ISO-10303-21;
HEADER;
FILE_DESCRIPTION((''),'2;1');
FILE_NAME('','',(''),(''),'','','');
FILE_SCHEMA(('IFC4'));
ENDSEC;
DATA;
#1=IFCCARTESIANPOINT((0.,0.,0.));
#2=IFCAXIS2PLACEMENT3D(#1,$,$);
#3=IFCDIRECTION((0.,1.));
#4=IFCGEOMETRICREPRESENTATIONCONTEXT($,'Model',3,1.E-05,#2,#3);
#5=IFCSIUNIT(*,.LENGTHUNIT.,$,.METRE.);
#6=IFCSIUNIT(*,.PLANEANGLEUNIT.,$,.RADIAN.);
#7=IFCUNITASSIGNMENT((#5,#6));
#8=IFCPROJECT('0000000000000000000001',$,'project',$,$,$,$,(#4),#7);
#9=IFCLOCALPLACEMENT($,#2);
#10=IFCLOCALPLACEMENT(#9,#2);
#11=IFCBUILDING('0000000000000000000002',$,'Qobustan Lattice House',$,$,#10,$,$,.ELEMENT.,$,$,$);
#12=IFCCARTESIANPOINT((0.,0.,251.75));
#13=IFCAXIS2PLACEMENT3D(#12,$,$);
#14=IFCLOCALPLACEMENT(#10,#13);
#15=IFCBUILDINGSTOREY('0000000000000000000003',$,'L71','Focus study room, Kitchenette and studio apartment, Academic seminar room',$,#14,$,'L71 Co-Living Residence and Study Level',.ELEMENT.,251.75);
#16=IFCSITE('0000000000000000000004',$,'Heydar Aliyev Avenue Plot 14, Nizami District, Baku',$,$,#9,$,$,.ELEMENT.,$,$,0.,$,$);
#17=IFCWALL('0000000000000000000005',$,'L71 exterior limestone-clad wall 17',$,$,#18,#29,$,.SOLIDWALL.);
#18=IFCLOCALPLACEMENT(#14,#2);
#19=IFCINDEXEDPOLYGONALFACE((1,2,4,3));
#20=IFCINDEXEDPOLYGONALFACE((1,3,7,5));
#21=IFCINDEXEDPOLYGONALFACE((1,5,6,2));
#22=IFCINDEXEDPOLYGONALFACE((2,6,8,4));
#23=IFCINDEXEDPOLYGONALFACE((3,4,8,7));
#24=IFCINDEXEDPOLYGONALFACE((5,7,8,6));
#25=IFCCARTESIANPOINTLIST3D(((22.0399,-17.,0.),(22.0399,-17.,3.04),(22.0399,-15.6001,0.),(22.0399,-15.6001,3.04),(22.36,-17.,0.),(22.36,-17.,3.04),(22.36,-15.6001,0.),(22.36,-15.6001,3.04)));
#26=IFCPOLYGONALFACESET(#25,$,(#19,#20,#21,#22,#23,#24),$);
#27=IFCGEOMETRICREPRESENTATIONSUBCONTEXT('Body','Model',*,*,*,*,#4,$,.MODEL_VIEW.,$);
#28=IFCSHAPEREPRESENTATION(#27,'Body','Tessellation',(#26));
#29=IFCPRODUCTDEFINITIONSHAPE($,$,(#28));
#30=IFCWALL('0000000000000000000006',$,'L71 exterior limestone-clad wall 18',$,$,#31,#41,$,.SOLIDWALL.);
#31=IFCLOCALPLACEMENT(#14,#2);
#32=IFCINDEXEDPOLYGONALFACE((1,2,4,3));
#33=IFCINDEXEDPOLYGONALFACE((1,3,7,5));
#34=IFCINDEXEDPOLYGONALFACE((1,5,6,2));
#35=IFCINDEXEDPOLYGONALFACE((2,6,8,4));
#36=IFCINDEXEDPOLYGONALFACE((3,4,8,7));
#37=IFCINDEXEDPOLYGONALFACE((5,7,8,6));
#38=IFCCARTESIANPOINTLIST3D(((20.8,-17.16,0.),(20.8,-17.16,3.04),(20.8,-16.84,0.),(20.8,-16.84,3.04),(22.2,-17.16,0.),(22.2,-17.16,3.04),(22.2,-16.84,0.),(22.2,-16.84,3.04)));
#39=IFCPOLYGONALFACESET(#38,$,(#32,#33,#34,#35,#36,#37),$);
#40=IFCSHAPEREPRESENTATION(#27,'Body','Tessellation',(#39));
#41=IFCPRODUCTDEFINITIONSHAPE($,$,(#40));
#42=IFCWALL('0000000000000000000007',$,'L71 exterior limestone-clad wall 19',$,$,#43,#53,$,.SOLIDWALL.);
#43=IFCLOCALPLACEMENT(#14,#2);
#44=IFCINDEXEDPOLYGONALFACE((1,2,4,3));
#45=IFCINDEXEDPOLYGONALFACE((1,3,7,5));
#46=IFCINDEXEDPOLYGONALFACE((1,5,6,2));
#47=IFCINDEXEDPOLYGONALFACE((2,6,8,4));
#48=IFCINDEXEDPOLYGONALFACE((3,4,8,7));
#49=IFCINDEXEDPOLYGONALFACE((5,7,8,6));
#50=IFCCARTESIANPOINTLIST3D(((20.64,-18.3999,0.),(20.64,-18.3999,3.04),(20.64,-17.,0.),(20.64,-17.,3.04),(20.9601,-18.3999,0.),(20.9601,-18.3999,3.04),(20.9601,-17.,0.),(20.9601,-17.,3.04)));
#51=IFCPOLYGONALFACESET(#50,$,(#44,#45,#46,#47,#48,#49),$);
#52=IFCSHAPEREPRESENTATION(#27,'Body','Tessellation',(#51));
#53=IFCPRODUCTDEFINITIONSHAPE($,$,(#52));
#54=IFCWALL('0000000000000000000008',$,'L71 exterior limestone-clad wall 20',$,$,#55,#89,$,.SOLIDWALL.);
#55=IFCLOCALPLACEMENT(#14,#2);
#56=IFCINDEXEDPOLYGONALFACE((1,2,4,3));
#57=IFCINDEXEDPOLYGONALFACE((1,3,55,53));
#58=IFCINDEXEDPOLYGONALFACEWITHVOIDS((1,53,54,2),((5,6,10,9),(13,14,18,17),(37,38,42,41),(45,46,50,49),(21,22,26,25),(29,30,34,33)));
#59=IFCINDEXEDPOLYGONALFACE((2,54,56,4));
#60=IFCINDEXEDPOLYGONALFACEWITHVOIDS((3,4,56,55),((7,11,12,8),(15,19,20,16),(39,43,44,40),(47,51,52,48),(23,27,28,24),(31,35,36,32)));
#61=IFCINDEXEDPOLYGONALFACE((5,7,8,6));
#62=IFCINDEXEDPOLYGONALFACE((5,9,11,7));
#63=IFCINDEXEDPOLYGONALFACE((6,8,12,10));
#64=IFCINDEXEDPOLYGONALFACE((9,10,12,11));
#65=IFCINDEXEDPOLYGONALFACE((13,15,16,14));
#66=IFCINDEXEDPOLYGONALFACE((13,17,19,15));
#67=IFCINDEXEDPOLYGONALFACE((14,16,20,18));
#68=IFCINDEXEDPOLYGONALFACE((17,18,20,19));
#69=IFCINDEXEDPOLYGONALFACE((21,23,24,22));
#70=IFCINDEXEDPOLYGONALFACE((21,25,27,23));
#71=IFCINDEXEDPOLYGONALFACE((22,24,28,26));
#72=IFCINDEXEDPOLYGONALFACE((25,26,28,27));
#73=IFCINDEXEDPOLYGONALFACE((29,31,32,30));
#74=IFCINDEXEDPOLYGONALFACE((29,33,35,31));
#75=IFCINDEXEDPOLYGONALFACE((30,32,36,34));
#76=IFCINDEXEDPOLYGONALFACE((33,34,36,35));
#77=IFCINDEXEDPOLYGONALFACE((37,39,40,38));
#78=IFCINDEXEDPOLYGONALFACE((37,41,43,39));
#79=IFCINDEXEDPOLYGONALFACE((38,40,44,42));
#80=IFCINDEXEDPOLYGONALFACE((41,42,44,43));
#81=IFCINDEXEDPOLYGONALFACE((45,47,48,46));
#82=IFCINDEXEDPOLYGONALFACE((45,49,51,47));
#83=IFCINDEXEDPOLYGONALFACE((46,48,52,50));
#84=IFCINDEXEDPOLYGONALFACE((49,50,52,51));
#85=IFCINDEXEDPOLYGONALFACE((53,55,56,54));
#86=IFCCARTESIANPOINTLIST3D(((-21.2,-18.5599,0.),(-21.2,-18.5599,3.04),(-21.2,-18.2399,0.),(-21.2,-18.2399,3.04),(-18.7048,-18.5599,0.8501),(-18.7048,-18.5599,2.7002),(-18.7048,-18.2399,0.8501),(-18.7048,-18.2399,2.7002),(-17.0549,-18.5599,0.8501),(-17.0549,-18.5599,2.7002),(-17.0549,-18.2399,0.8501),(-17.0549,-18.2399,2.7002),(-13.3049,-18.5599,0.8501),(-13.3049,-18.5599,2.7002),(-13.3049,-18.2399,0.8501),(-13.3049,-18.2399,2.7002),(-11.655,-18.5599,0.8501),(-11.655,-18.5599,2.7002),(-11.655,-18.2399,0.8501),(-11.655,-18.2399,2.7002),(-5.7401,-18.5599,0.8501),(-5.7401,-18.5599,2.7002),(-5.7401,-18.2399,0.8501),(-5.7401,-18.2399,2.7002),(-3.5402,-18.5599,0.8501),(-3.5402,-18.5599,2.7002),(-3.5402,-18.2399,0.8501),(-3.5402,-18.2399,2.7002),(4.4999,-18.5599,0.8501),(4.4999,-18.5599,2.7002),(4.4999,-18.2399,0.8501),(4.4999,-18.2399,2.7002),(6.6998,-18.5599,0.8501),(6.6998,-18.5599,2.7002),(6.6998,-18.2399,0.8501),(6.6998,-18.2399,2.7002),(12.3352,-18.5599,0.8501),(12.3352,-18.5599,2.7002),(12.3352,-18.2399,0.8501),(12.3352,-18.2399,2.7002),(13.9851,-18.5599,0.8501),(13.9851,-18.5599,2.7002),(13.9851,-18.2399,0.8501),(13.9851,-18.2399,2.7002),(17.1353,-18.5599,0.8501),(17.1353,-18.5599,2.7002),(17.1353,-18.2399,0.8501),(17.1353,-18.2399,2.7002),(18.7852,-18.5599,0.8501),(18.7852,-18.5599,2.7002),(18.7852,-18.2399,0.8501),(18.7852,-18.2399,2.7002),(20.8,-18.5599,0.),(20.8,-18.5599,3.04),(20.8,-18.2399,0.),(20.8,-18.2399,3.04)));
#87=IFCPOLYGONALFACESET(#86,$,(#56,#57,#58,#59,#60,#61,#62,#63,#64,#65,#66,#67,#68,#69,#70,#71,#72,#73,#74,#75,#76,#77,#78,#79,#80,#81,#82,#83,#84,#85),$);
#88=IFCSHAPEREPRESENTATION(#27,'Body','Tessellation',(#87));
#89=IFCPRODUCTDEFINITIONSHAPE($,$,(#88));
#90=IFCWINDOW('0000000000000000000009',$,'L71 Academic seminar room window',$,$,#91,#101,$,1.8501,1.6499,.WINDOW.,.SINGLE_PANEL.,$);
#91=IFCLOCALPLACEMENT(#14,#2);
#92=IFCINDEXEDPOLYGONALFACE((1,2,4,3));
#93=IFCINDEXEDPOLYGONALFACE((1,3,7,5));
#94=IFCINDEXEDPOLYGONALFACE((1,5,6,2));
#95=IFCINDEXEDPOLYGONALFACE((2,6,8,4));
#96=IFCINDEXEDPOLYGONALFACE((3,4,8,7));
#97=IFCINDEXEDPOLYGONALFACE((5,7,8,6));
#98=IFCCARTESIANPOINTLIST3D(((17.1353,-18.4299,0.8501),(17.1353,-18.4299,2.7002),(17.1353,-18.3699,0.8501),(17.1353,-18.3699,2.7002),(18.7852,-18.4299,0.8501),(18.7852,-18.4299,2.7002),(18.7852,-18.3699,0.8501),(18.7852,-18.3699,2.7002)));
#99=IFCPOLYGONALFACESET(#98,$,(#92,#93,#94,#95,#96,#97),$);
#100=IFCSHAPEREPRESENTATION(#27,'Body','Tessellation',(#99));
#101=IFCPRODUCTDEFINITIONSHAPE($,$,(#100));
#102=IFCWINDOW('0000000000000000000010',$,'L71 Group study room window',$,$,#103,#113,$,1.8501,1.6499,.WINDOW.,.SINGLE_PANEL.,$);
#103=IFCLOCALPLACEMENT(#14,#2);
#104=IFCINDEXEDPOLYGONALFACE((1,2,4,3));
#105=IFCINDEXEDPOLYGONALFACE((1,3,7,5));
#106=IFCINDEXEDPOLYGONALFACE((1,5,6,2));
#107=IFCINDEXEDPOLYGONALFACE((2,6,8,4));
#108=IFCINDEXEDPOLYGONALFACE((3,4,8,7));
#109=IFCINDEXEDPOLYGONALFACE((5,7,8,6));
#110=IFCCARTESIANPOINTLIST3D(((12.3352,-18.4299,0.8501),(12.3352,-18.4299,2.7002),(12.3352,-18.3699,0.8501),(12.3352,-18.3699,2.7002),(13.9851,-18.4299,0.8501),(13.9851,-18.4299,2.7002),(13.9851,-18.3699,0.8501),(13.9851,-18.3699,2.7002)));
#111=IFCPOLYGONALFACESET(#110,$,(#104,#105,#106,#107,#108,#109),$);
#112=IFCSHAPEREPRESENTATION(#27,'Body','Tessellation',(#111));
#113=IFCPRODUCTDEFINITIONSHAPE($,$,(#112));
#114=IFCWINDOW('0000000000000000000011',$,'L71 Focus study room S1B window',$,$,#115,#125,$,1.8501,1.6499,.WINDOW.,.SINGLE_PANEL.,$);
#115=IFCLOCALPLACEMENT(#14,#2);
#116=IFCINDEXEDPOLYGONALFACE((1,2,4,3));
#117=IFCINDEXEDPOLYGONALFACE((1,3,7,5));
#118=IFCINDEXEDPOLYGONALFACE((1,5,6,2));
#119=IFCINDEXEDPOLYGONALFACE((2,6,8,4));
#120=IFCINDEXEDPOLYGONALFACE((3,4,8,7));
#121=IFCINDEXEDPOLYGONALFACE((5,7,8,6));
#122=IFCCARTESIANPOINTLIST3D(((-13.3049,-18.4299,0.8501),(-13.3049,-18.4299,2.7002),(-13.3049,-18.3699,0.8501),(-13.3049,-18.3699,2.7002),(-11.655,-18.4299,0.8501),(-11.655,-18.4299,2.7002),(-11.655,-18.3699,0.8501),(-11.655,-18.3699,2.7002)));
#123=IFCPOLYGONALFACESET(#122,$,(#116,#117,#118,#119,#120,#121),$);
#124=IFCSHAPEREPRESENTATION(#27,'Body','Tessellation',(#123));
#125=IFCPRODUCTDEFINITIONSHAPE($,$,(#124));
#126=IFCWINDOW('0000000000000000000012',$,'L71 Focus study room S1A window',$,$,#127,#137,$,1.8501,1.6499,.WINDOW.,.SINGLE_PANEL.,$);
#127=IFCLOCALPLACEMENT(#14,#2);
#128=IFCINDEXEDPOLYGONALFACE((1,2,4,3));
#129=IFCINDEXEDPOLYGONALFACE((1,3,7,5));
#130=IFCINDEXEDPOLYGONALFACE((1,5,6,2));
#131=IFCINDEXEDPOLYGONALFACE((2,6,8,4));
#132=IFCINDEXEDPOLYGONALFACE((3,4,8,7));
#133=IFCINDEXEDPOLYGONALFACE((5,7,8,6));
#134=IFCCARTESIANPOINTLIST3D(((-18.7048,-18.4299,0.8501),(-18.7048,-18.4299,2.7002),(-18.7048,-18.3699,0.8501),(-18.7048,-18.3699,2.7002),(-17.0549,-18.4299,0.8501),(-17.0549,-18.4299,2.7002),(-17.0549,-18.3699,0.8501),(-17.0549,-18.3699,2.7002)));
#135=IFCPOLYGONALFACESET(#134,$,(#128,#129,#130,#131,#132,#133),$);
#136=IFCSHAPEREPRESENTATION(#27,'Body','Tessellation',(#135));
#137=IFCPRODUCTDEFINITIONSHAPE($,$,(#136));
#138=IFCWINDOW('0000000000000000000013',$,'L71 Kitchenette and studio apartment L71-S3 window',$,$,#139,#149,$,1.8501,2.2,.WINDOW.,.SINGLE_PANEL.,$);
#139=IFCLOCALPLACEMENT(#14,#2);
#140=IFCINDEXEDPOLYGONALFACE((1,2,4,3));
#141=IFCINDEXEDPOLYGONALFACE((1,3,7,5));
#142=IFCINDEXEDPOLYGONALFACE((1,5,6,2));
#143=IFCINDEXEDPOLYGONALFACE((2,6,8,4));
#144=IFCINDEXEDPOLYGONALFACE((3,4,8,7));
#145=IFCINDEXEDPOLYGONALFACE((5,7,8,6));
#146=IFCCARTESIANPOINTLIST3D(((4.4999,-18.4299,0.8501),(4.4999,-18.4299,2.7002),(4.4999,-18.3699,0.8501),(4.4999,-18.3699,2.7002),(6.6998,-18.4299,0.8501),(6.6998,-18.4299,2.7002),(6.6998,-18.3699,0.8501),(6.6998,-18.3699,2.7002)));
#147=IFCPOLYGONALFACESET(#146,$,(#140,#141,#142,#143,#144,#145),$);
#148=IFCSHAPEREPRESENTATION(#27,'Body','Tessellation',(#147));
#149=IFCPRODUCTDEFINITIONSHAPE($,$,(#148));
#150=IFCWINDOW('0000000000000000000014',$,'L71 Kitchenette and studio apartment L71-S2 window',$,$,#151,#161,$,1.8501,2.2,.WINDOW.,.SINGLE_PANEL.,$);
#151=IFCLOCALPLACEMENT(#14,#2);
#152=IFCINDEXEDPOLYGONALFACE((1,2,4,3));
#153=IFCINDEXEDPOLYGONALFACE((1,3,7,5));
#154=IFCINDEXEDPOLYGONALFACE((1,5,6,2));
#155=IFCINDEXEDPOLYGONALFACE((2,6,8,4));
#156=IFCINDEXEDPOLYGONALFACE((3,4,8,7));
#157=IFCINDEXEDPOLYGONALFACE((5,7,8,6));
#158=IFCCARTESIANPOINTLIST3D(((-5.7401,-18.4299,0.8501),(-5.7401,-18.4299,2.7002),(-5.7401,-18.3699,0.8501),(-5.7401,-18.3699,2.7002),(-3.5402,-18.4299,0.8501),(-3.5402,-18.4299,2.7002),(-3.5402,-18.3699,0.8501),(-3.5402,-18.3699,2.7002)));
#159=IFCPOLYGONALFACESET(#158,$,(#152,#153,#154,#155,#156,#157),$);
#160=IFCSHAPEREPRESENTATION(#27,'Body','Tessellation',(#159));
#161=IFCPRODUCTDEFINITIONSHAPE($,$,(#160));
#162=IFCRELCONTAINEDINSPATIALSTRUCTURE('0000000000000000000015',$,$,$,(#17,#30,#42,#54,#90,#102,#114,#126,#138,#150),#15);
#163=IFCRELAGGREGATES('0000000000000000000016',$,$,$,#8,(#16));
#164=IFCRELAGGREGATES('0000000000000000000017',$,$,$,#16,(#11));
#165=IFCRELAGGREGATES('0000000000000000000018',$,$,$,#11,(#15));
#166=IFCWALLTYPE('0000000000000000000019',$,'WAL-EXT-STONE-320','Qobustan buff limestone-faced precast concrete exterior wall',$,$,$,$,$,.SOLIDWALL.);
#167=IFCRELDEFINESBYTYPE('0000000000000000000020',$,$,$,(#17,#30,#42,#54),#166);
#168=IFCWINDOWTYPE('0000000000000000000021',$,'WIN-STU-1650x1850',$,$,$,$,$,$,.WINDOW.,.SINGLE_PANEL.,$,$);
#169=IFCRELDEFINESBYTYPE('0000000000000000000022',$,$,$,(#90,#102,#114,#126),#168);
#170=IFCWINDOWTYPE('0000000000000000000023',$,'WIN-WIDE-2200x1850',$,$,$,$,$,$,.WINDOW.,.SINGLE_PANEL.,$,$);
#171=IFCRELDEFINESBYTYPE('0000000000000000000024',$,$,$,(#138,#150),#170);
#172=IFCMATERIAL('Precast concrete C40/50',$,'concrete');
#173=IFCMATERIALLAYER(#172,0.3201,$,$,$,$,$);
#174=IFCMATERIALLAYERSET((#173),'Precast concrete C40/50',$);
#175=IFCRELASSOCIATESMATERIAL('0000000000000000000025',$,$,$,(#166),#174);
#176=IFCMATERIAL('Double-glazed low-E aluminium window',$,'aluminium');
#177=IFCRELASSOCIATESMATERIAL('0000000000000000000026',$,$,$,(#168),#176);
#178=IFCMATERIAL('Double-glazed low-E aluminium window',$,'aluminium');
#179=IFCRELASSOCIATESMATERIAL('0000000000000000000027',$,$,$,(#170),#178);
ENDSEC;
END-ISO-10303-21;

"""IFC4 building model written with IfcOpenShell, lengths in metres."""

from ifc_helpers import new_model, si_unit, direction, frame, frame_2d, origin, place, context, subcontext, project, spatial, rectangle, extrude, material, layer, layer_set, type_object, element, fill, save


model = new_model("IFC4")

# Units and contexts
model_context = context("Model", 3, precision=1e-05, world=origin(), true_north=direction((0.0, 1.0)))
body_context = subcontext(model_context, "Body", "Model", "MODEL_VIEW")
ifc_project = project(units=[si_unit("LENGTHUNIT", "METRE"), si_unit("PLANEANGLEUNIT", "RADIAN")], contexts=[model_context])

# Site, building, storey
site_placement = place(None, origin())
site = spatial("IfcSite", under=ifc_project, at=site_placement, Name="Heydar Aliyev Avenue Plot 14, Nizami District, Baku", CompositionType="ELEMENT", RefElevation=0.0)
building_placement = place(site_placement, origin())
building = spatial("IfcBuilding", under=site, at=building_placement, Name="Qobustan Lattice House", CompositionType="ELEMENT")
storey_placement = place(building_placement, frame((0.0, 0.0, 251.75)))
storey = spatial("IfcBuildingStorey", under=building, at=storey_placement, Name="L71", Description="Focus study room, Kitchenette and studio apartment, Academic seminar room", LongName="L71 Co-Living Residence and Study Level", CompositionType="ELEMENT", Elevation=251.75)

# Walls
ifc_material_1 = material(Name="Precast concrete C40/50", Category="concrete")
ifc_layer_1 = layer(ifc_material_1, 0.3201)
ifc_layer_set_1 = layer_set([ifc_layer_1], Name="Precast concrete C40/50")
wall_type = type_object("IfcWallType", Name="WAL-EXT-STONE-320", Description="Qobustan buff limestone-faced precast concrete exterior wall", PredefinedType="SOLIDWALL", material=ifc_layer_set_1)
for number, where, z_axis, x_axis, name in (
    (1, (22.2, -15.6001, 0.0), (0.0, 0.0, 1.0), (0.0, -1.0, 0.0), "L71 exterior limestone-clad wall 17"),
    (2, (22.2, -17.0, 0.0), (0.0, 0.0, 1.0), (-1.0, 0.0, 0.0), "L71 exterior limestone-clad wall 18"),
    (3, (20.8, -17.0, 0.0), (0.0, 0.0, 1.0), (0.0, -1.0, 0.0), "L71 exterior limestone-clad wall 19"),
):
    element("IfcWall", number, at=place(storey_placement, frame(where, z_axis=z_axis, x_axis=x_axis)), inside=storey, type_object=wall_type, Name=name, PredefinedType="SOLIDWALL", context=body_context, shape_type="SweptSolid", body=[
        extrude(rectangle(XDim=1.3999, YDim=0.3201, at=frame_2d((0.7, 0.0))), origin(), (0.0, 0.0, 1.0), 3.04),
    ])

# Wall, openings, windows
wall_1_placement = place(storey_placement, frame((20.8, -18.3999, 0.0), z_axis=(0.0, 0.0, 1.0), x_axis=(-1.0, 0.0, 0.0)))
wall_1 = element("IfcWall", 4, at=wall_1_placement, inside=storey, type_object=wall_type, Name="L71 exterior limestone-clad wall 20", PredefinedType="SOLIDWALL", context=body_context, shape_type="SweptSolid", body=[
    extrude(rectangle(XDim=42.0, YDim=0.3201, at=frame_2d((21.0, 0.0))), origin(), (0.0, 0.0, 1.0), 3.04),
])
opening_1_placement = place(wall_1_placement, frame((2.0149, 0.0, 0.8501)))
opening_1 = element("IfcOpeningElement", 5, at=opening_1_placement, cuts=wall_1, PredefinedType="OPENING", context=body_context, shape_type="SweptSolid", body=[
    extrude(rectangle(XDim=1.6499, YDim=1.8501, at=frame_2d((0.825, 0.925))), frame((0.0, 0.1699, 0.0), z_axis=(0.0, -1.0, 0.0), x_axis=(1.0, 0.0, 0.0)), (0.0, 0.0, 1.0), 0.3401),
])
opening_2_placement = place(wall_1_placement, frame((6.8149, 0.0, 0.8501)))
opening_2 = element("IfcOpeningElement", 6, at=opening_2_placement, cuts=wall_1, PredefinedType="OPENING", context=body_context, shape_type="SweptSolid", body=[
    extrude(rectangle(XDim=1.6499, YDim=1.8501, at=frame_2d((0.825, 0.925))), frame((0.0, 0.1699, 0.0), z_axis=(0.0, -1.0, 0.0), x_axis=(1.0, 0.0, 0.0)), (0.0, 0.0, 1.0), 0.3401),
])
opening_3_placement = place(wall_1_placement, frame((14.1001, 0.0, 0.8501)))
opening_3 = element("IfcOpeningElement", 7, at=opening_3_placement, cuts=wall_1, PredefinedType="OPENING", context=body_context, shape_type="SweptSolid", body=[
    extrude(rectangle(XDim=2.2, YDim=1.8501, at=frame_2d((1.1001, 0.925))), frame((0.0, 0.1699, 0.0), z_axis=(0.0, -1.0, 0.0), x_axis=(1.0, 0.0, 0.0)), (0.0, 0.0, 1.0), 0.3401),
])
opening_4_placement = place(wall_1_placement, frame((24.3401, 0.0, 0.8501)))
opening_4 = element("IfcOpeningElement", 8, at=opening_4_placement, cuts=wall_1, PredefinedType="OPENING", context=body_context, shape_type="SweptSolid", body=[
    extrude(rectangle(XDim=2.2, YDim=1.8501, at=frame_2d((1.1001, 0.925))), frame((0.0, 0.1699, 0.0), z_axis=(0.0, -1.0, 0.0), x_axis=(1.0, 0.0, 0.0)), (0.0, 0.0, 1.0), 0.3401),
])
opening_5_placement = place(wall_1_placement, frame((32.4551, 0.0, 0.8501)))
opening_5 = element("IfcOpeningElement", 9, at=opening_5_placement, cuts=wall_1, PredefinedType="OPENING", context=body_context, shape_type="SweptSolid", body=[
    extrude(rectangle(XDim=1.6499, YDim=1.8501, at=frame_2d((0.825, 0.925))), frame((0.0, 0.1699, 0.0), z_axis=(0.0, -1.0, 0.0), x_axis=(1.0, 0.0, 0.0)), (0.0, 0.0, 1.0), 0.3401),
])
opening_6_placement = place(wall_1_placement, frame((37.855, 0.0, 0.8501)))
opening_6 = element("IfcOpeningElement", 10, at=opening_6_placement, cuts=wall_1, PredefinedType="OPENING", context=body_context, shape_type="SweptSolid", body=[
    extrude(rectangle(XDim=1.6499, YDim=1.8501, at=frame_2d((0.825, 0.925))), frame((0.0, 0.1699, 0.0), z_axis=(0.0, -1.0, 0.0), x_axis=(1.0, 0.0, 0.0)), (0.0, 0.0, 1.0), 0.3401),
])
ifc_material_2 = material(Name="Double-glazed low-E aluminium window", Category="aluminium")
window_type_1 = type_object("IfcWindowType", Name="WIN-STU-1650x1850", PartitioningType="SINGLE_PANEL", PredefinedType="WINDOW", material=ifc_material_2)
window_1_placement = place(opening_1_placement, origin())
window_1 = element("IfcWindow", 11, at=window_1_placement, inside=storey, type_object=window_type_1, Name="L71 Academic seminar room window", OverallHeight=1.8501, OverallWidth=1.6499, PartitioningType="SINGLE_PANEL", PredefinedType="WINDOW", context=body_context, shape_type="SweptSolid", body=[
    extrude(rectangle(XDim=1.6499, YDim=1.8501, at=frame_2d((0.825, 0.925))), frame((0.0, 0.03, 0.0), z_axis=(0.0, -1.0, 0.0), x_axis=(1.0, 0.0, 0.0)), (0.0, 0.0, 1.0), 0.0601),
])
fill(opening_1, window_1)
window_2_placement = place(opening_2_placement, origin())
window_2 = element("IfcWindow", 12, at=window_2_placement, inside=storey, type_object=window_type_1, Name="L71 Group study room window", OverallHeight=1.8501, OverallWidth=1.6499, PartitioningType="SINGLE_PANEL", PredefinedType="WINDOW", context=body_context, shape_type="SweptSolid", body=[
    extrude(rectangle(XDim=1.6499, YDim=1.8501, at=frame_2d((0.825, 0.925))), frame((0.0, 0.03, 0.0), z_axis=(0.0, -1.0, 0.0), x_axis=(1.0, 0.0, 0.0)), (0.0, 0.0, 1.0), 0.0601),
])
fill(opening_2, window_2)
window_3_placement = place(opening_5_placement, origin())
window_3 = element("IfcWindow", 13, at=window_3_placement, inside=storey, type_object=window_type_1, Name="L71 Focus study room S1B window", OverallHeight=1.8501, OverallWidth=1.6499, PartitioningType="SINGLE_PANEL", PredefinedType="WINDOW", context=body_context, shape_type="SweptSolid", body=[
    extrude(rectangle(XDim=1.6499, YDim=1.8501, at=frame_2d((0.825, 0.925))), frame((0.0, 0.03, 0.0), z_axis=(0.0, -1.0, 0.0), x_axis=(1.0, 0.0, 0.0)), (0.0, 0.0, 1.0), 0.0601),
])
fill(opening_5, window_3)
window_4_placement = place(opening_6_placement, origin())
window_4 = element("IfcWindow", 14, at=window_4_placement, inside=storey, type_object=window_type_1, Name="L71 Focus study room S1A window", OverallHeight=1.8501, OverallWidth=1.6499, PartitioningType="SINGLE_PANEL", PredefinedType="WINDOW", context=body_context, shape_type="SweptSolid", body=[
    extrude(rectangle(XDim=1.6499, YDim=1.8501, at=frame_2d((0.825, 0.925))), frame((0.0, 0.03, 0.0), z_axis=(0.0, -1.0, 0.0), x_axis=(1.0, 0.0, 0.0)), (0.0, 0.0, 1.0), 0.0601),
])
fill(opening_6, window_4)
ifc_material_3 = material(Name="Double-glazed low-E aluminium window", Category="aluminium")
window_type_2 = type_object("IfcWindowType", Name="WIN-WIDE-2200x1850", PartitioningType="SINGLE_PANEL", PredefinedType="WINDOW", material=ifc_material_3)
window_5_placement = place(opening_3_placement, origin())
window_5 = element("IfcWindow", 15, at=window_5_placement, inside=storey, type_object=window_type_2, Name="L71 Kitchenette and studio apartment L71-S3 window", OverallHeight=1.8501, OverallWidth=2.2, PartitioningType="SINGLE_PANEL", PredefinedType="WINDOW", context=body_context, shape_type="SweptSolid", body=[
    extrude(rectangle(XDim=2.2, YDim=1.8501, at=frame_2d((1.1001, 0.925))), frame((0.0, 0.03, 0.0), z_axis=(0.0, -1.0, 0.0), x_axis=(1.0, 0.0, 0.0)), (0.0, 0.0, 1.0), 0.0601),
])
fill(opening_3, window_5)
window_6_placement = place(opening_4_placement, origin())
window_6 = element("IfcWindow", 16, at=window_6_placement, inside=storey, type_object=window_type_2, Name="L71 Kitchenette and studio apartment L71-S2 window", OverallHeight=1.8501, OverallWidth=2.2, PartitioningType="SINGLE_PANEL", PredefinedType="WINDOW", context=body_context, shape_type="SweptSolid", body=[
    extrude(rectangle(XDim=2.2, YDim=1.8501, at=frame_2d((1.1001, 0.925))), frame((0.0, 0.03, 0.0), z_axis=(0.0, -1.0, 0.0), x_axis=(1.0, 0.0, 0.0)), (0.0, 0.0, 1.0), 0.0601),
])
fill(opening_4, window_6)

save(model, "model.ifc")
